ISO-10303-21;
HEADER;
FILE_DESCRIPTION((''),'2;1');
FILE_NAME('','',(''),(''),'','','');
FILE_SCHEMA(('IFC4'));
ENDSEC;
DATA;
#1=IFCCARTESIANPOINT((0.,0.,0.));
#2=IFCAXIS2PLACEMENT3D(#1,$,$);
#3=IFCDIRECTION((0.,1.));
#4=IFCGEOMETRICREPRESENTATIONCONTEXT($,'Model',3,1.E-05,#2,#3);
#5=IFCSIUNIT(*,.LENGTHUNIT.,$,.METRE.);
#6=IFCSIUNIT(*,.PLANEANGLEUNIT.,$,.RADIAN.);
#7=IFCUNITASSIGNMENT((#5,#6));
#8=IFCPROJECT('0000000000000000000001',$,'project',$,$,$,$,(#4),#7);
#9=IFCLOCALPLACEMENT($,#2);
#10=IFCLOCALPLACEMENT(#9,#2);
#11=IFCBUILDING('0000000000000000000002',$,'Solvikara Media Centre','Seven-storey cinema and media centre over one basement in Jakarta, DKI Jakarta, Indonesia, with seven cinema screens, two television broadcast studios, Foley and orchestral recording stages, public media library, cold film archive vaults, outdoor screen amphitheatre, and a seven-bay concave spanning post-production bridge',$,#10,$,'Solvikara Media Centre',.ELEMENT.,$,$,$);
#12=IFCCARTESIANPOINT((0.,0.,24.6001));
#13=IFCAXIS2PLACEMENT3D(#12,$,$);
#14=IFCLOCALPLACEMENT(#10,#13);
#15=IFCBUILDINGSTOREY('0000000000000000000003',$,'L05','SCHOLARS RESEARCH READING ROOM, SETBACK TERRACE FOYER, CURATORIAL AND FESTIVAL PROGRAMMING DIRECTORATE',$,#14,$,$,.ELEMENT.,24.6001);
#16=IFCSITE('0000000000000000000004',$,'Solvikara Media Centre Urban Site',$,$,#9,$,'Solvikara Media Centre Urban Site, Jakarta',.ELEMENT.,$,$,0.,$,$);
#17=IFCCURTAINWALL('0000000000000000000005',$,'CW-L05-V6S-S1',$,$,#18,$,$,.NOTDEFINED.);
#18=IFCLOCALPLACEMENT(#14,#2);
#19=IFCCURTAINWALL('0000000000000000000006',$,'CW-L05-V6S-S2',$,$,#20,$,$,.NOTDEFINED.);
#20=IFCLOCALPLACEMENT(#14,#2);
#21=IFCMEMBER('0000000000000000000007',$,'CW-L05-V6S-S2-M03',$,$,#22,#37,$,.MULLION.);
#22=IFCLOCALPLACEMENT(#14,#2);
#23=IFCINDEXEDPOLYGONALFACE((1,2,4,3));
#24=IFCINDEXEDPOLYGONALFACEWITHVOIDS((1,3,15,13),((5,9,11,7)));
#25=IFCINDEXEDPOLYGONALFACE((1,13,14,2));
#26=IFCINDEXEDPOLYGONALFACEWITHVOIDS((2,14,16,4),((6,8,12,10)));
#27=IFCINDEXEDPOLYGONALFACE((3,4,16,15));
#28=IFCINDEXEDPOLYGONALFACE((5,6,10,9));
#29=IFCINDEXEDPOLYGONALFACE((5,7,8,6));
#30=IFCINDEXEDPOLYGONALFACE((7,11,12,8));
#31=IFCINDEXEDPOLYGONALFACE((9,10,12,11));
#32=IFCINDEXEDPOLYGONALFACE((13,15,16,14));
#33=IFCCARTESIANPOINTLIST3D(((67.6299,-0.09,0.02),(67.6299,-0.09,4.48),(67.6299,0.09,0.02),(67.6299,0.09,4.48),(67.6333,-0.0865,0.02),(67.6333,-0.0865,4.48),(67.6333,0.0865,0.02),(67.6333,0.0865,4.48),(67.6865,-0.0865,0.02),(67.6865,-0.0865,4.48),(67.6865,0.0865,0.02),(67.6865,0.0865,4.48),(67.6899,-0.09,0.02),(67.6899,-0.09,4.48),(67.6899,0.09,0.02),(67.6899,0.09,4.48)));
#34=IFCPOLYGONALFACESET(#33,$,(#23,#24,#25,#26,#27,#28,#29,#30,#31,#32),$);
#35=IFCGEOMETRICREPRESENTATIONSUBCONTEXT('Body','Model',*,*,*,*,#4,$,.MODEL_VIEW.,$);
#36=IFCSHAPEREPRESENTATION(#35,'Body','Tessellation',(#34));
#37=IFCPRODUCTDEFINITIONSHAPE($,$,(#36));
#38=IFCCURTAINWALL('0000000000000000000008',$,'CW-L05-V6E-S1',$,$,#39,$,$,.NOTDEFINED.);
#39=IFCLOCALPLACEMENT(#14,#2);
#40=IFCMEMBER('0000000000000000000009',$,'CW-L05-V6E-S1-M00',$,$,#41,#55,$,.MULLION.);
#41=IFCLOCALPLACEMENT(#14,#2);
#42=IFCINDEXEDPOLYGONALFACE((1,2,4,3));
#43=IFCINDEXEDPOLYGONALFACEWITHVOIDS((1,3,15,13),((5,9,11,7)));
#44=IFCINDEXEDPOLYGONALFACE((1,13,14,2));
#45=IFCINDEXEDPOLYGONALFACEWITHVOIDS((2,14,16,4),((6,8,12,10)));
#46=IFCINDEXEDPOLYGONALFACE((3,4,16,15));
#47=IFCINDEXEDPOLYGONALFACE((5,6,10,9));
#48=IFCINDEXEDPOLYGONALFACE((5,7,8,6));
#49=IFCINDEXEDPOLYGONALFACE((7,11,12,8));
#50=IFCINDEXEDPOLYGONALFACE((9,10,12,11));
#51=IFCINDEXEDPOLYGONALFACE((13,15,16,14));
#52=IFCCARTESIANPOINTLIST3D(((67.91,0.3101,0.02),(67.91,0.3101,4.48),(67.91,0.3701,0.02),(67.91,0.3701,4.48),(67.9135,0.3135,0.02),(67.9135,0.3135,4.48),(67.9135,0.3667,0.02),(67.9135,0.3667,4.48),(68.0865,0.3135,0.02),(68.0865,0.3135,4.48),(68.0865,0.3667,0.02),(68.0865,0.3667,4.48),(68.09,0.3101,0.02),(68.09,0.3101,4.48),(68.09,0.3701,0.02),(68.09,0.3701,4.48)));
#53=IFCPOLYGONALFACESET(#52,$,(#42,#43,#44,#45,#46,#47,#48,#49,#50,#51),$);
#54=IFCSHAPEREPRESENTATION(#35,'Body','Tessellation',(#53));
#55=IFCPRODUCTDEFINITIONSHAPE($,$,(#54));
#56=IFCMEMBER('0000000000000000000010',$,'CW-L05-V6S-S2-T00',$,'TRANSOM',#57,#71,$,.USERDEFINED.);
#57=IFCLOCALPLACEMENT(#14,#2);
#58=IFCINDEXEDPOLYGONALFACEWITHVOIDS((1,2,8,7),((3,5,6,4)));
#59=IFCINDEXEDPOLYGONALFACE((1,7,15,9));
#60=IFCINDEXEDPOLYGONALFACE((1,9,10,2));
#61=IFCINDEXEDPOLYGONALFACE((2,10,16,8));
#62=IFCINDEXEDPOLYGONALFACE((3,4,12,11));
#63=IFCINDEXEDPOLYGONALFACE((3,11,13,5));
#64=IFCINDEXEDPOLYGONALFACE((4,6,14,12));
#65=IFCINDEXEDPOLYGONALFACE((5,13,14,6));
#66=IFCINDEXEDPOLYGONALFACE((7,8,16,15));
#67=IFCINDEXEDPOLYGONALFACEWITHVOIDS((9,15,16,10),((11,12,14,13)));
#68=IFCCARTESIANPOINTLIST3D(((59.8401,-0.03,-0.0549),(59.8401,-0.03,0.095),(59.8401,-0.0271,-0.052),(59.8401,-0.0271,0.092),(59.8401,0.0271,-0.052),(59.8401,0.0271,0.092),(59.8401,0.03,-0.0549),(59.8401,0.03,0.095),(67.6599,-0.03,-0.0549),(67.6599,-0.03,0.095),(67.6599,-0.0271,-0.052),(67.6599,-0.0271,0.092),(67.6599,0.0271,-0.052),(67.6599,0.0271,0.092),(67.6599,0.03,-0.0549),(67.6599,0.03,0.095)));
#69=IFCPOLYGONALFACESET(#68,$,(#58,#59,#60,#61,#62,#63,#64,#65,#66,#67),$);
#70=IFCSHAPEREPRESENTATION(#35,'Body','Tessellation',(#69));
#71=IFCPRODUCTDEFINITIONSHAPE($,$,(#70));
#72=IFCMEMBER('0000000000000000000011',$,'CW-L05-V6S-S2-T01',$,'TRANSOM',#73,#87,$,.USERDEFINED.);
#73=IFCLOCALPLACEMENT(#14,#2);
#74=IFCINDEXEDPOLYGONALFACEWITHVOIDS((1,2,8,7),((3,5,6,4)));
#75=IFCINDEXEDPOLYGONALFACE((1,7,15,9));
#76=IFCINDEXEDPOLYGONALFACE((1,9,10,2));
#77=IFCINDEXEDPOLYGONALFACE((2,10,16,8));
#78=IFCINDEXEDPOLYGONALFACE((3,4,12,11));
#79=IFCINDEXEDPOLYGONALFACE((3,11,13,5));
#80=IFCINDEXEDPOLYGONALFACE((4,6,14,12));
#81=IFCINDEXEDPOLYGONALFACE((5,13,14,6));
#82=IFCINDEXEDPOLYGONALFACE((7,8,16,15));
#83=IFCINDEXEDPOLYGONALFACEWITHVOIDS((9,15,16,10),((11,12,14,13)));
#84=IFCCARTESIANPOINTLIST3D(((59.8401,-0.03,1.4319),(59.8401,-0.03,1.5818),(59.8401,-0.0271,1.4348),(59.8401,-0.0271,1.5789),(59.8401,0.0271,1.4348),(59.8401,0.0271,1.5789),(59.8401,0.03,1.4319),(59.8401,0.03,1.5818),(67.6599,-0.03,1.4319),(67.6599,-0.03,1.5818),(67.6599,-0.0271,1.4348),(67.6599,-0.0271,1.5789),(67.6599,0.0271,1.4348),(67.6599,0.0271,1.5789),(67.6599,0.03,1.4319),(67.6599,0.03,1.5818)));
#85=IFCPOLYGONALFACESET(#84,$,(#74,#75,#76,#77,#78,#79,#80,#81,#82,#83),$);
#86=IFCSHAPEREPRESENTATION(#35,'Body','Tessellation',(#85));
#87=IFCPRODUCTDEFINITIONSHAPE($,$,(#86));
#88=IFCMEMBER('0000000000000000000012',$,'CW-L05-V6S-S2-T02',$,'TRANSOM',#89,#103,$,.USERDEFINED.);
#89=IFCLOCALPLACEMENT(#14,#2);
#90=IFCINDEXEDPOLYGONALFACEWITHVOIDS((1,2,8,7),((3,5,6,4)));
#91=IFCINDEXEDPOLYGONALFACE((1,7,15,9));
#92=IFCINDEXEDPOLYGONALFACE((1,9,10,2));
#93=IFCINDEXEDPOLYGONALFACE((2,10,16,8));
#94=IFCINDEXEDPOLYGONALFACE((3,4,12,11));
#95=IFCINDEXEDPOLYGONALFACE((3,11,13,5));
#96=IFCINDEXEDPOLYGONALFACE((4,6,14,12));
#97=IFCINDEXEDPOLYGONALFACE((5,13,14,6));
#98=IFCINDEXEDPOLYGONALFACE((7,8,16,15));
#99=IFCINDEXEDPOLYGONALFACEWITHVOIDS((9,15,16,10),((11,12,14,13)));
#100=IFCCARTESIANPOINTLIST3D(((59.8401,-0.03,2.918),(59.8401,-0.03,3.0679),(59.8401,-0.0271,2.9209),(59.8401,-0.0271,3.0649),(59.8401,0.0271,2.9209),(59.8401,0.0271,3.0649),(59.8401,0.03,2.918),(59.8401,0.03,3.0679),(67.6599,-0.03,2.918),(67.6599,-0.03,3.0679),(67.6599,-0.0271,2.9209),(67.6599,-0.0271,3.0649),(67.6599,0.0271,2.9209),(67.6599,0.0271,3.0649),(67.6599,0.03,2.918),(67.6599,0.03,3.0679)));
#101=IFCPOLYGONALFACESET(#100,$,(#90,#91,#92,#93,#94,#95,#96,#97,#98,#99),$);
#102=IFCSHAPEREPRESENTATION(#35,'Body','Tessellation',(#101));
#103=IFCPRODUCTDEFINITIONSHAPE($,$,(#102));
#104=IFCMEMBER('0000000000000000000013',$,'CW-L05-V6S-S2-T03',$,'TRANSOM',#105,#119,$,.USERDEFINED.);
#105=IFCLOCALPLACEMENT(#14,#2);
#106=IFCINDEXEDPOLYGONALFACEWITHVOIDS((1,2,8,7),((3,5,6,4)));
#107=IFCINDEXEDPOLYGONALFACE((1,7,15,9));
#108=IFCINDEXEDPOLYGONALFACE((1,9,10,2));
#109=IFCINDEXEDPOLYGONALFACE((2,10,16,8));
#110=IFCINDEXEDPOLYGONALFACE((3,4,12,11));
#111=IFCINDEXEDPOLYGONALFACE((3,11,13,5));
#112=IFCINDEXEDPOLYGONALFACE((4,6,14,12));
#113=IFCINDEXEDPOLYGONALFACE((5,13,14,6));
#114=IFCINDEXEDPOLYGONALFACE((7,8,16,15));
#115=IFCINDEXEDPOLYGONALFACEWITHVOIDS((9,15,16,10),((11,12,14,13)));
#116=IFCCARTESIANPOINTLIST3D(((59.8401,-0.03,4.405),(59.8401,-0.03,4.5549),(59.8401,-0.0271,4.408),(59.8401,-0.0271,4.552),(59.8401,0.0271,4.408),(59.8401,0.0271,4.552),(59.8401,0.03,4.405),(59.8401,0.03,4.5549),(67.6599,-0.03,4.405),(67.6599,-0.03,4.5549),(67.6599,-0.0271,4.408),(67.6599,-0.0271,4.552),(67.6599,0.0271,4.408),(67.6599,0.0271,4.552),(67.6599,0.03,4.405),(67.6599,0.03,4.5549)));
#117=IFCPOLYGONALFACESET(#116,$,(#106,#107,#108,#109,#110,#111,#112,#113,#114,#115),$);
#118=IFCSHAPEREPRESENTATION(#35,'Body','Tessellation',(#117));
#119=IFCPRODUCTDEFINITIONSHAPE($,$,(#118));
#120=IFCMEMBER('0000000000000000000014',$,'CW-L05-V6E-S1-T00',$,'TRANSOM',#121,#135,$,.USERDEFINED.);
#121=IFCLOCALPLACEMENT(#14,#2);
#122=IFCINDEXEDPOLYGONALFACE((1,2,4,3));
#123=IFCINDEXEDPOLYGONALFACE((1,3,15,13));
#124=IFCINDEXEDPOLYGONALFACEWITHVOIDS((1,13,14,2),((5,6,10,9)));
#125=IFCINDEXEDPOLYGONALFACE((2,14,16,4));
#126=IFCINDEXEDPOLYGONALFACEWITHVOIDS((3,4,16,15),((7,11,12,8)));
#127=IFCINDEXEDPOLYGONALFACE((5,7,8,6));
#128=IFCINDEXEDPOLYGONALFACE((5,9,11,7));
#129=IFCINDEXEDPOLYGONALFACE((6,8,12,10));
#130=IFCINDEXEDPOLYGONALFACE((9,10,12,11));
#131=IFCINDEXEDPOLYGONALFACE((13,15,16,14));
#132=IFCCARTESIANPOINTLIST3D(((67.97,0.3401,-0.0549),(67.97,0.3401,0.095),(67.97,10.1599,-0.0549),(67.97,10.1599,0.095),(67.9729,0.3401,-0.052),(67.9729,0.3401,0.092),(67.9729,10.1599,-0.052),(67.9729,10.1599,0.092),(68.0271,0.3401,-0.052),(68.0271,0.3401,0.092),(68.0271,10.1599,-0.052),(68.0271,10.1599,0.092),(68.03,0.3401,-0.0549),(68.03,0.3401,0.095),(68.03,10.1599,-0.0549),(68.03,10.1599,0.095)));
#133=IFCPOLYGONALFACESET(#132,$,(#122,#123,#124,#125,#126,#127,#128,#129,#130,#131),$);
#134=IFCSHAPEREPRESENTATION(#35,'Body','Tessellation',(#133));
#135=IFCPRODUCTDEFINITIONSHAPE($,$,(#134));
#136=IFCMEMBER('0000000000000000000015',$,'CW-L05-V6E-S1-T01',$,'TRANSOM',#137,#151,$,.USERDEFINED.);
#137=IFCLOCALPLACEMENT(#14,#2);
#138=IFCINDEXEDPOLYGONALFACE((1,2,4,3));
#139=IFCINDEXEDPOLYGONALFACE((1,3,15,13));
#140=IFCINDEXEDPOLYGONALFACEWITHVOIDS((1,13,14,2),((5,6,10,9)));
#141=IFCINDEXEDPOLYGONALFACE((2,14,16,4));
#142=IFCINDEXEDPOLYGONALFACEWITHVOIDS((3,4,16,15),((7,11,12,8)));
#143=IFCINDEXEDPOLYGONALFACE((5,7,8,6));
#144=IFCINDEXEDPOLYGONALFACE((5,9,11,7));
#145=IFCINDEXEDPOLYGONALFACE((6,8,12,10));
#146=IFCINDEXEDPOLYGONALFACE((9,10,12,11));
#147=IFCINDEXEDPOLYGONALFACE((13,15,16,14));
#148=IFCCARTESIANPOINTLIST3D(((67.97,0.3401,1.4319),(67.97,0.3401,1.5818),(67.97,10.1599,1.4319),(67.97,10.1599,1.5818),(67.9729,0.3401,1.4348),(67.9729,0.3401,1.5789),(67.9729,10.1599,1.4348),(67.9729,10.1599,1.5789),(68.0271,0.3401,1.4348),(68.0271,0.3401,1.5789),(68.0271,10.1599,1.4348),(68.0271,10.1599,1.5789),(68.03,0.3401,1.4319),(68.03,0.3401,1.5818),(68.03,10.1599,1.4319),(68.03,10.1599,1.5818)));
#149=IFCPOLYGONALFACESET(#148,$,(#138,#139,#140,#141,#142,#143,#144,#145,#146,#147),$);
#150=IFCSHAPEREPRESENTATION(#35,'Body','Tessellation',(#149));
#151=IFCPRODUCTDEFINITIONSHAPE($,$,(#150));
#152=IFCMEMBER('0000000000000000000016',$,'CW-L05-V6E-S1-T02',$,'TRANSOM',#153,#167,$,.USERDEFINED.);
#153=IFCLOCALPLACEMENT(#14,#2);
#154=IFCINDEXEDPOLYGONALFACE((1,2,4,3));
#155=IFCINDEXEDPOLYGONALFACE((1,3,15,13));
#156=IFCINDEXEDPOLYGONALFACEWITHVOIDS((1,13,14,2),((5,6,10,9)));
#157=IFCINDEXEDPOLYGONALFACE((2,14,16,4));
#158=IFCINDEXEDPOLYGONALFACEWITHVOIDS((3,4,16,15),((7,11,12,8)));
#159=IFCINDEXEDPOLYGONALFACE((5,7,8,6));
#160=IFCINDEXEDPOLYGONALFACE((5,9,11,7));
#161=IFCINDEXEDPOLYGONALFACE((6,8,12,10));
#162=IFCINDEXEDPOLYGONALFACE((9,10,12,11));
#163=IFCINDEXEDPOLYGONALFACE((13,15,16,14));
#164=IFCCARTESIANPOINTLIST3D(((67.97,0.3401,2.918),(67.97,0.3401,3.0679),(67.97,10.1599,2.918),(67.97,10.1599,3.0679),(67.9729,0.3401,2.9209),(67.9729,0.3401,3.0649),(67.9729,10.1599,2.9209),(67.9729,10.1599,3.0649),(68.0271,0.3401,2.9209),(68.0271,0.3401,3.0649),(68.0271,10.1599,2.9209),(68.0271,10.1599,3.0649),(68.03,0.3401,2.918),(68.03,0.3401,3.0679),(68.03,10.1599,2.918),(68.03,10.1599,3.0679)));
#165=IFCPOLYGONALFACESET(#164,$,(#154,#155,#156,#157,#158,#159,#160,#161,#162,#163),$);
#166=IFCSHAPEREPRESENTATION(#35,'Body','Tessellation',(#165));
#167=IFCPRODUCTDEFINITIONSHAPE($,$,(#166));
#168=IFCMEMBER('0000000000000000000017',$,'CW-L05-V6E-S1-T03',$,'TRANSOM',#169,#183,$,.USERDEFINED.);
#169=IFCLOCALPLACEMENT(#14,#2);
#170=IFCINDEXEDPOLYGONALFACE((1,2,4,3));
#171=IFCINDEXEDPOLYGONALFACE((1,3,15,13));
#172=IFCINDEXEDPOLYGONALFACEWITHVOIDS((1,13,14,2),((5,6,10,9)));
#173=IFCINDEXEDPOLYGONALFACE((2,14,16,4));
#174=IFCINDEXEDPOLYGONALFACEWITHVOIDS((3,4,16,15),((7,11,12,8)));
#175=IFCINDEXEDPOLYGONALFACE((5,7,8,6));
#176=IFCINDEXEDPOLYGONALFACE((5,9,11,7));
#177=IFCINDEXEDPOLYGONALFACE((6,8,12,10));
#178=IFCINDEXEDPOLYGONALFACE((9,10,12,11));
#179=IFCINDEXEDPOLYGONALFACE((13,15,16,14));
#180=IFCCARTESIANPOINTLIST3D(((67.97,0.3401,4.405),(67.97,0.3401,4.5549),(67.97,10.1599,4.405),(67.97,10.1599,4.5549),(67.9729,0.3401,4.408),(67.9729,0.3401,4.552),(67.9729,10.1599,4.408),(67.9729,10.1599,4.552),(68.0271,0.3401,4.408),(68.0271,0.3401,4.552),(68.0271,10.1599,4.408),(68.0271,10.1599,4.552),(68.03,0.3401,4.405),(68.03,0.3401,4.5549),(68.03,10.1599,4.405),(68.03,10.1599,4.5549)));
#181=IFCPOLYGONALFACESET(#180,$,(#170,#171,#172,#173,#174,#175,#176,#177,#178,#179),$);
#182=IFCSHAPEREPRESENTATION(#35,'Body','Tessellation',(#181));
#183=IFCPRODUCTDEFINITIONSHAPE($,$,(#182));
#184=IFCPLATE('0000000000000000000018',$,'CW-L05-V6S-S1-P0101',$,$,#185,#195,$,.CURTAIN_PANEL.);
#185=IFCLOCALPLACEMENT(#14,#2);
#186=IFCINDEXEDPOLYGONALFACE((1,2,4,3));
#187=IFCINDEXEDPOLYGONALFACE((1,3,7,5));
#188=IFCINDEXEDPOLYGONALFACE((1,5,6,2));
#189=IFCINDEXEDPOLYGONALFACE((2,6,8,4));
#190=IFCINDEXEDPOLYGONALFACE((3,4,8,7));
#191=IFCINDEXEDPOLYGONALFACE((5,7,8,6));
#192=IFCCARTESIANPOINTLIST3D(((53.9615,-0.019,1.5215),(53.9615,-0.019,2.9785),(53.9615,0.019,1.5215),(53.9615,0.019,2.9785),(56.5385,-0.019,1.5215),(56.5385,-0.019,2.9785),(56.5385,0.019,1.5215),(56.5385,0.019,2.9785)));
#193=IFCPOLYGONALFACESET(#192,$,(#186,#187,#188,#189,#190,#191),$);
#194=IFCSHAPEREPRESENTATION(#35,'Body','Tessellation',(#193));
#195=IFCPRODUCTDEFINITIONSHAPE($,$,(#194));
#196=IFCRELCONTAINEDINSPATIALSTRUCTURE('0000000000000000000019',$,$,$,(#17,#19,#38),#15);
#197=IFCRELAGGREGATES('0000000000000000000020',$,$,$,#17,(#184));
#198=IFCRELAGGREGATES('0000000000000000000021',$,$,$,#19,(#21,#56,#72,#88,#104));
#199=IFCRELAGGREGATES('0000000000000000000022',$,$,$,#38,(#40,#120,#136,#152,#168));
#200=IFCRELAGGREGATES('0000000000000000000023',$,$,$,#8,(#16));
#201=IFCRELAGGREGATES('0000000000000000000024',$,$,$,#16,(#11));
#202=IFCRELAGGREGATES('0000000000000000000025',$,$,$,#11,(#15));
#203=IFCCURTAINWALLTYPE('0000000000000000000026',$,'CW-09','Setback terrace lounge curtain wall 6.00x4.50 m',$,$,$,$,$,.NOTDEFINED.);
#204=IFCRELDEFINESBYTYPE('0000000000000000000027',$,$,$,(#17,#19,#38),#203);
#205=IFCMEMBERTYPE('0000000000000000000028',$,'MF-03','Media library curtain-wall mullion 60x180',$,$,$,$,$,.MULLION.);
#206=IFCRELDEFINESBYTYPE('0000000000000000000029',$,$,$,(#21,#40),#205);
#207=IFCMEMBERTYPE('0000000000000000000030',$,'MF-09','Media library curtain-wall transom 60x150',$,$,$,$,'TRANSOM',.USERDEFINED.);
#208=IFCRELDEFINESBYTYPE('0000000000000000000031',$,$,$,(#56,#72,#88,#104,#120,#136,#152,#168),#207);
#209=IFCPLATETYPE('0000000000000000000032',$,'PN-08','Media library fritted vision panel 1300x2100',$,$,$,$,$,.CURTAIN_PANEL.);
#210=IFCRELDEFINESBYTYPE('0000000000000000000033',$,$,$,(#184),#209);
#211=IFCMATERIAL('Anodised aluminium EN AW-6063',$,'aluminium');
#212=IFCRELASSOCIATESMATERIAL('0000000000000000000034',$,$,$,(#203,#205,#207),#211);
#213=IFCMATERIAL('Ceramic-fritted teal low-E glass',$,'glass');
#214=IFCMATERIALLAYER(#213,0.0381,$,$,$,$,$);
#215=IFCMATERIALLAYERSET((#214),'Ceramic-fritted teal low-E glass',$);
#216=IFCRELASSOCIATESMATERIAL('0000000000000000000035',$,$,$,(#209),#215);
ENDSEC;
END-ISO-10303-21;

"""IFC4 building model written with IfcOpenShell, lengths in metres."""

from ifc_helpers import new_model, si_unit, direction, frame, origin, origin_2d, place, context, subcontext, project, spatial, rectangle, hollow_rectangle, extrude, material, layer, layer_set, material_profile, profile_set, type_object, element, aggregate, save


model = new_model("IFC4")

# Units and contexts
model_context = context("Model", 3, precision=1e-05, world=origin(), true_north=direction((0.0, 1.0)))
body_context = subcontext(model_context, "Body", "Model", "MODEL_VIEW")
ifc_project = project(units=[si_unit("LENGTHUNIT", "METRE"), si_unit("PLANEANGLEUNIT", "RADIAN")], contexts=[model_context])

# Site, building, storey
site_placement = place(None, origin())
site = spatial("IfcSite", under=ifc_project, at=site_placement, Name="Solvikara Media Centre Urban Site", LongName="Solvikara Media Centre Urban Site, Jakarta", CompositionType="ELEMENT", RefElevation=0.0)
building_placement = place(site_placement, origin())
building = spatial("IfcBuilding", under=site, at=building_placement, Name="Solvikara Media Centre", Description="Seven-storey cinema and media centre over one basement in Jakarta, DKI Jakarta, Indonesia, with seven cinema screens, two television broadcast studios, Foley and orchestral recording stages, public media library, cold film archive vaults, outdoor screen amphitheatre, and a seven-bay concave spanning post-production bridge", LongName="Solvikara Media Centre", CompositionType="ELEMENT")
storey_placement = place(building_placement, frame((0.0, 0.0, 24.6001)))
storey = spatial("IfcBuildingStorey", under=building, at=storey_placement, Name="L05", Description="SCHOLARS RESEARCH READING ROOM, SETBACK TERRACE FOYER, CURATORIAL AND FESTIVAL PROGRAMMING DIRECTORATE", CompositionType="ELEMENT", Elevation=24.6001)

# Curtain walls, member
ifc_material_1 = material(Name="Anodised aluminium EN AW-6063", Category="aluminium")
curtain_wall_type = type_object("IfcCurtainWallType", Name="CW-09", Description="Setback terrace lounge curtain wall 6.00x4.50 m", PredefinedType="NOTDEFINED", material=ifc_material_1)
curtain_wall_1_placement = place(storey_placement, origin())
curtain_wall_1 = element("IfcCurtainWall", 1, at=curtain_wall_1_placement, inside=storey, type_object=curtain_wall_type, Name="CW-L05-V6S-S1", PredefinedType="NOTDEFINED")
ifc_material_profile_1 = material_profile(ifc_material_1, hollow_rectangle(XDim=0.0601, YDim=0.1799, WallThickness=0.0034, at=origin_2d()), Name="ALU-M 60x180x3.5")
ifc_profile_set_1 = profile_set([ifc_material_profile_1], Name="Anodised aluminium EN AW-6063")
member_type_1 = type_object("IfcMemberType", Name="MF-03", Description="Media library curtain-wall mullion 60x180", PredefinedType="MULLION", material=ifc_profile_set_1)
curtain_wall_2_placement = place(storey_placement, origin())
curtain_wall_2 = element("IfcCurtainWall", 2, at=curtain_wall_2_placement, inside=storey, type_object=curtain_wall_type, Name="CW-L05-V6S-S2", PredefinedType="NOTDEFINED")
member_1_placement = place(storey_placement, frame((67.6599, 0.0, 0.02), z_axis=(0.0, 0.0, 1.0), x_axis=(1.0, 0.0, 0.0)))
member_1 = element("IfcMember", 3, at=member_1_placement, type_object=member_type_1, Name="CW-L05-V6S-S2-M03", PredefinedType="MULLION", context=body_context, shape_type="SweptSolid", body=[
    extrude(hollow_rectangle(XDim=0.0601, YDim=0.1799, WallThickness=0.0034, at=origin_2d()), origin(), (0.0, 0.0, 1.0), 4.46),
])

# Curtain wall, member
curtain_wall_3_placement = place(storey_placement, origin())
curtain_wall_3 = element("IfcCurtainWall", 4, at=curtain_wall_3_placement, inside=storey, type_object=curtain_wall_type, Name="CW-L05-V6E-S1", PredefinedType="NOTDEFINED")
member_2_placement = place(storey_placement, frame((68.0, 0.3401, 0.02), z_axis=(0.0, 0.0, 1.0), x_axis=(0.0, 1.0, 0.0)))
member_2 = element("IfcMember", 5, at=member_2_placement, type_object=member_type_1, Name="CW-L05-V6E-S1-M00", PredefinedType="MULLION", context=body_context, shape_type="SweptSolid", body=[
    extrude(hollow_rectangle(XDim=0.0601, YDim=0.1799, WallThickness=0.0034, at=origin_2d()), origin(), (0.0, 0.0, 1.0), 4.46),
])

# Members
ifc_material_profile_2 = material_profile(ifc_material_1, hollow_rectangle(XDim=0.0601, YDim=0.1499, WallThickness=0.0029, at=origin_2d()), Name="ALU-T 60x150x3")
ifc_profile_set_2 = profile_set([ifc_material_profile_2], Name="Anodised aluminium EN AW-6063")
member_type_2 = type_object("IfcMemberType", Name="MF-09", Description="Media library curtain-wall transom 60x150", ElementType="TRANSOM", PredefinedType="USERDEFINED", material=ifc_profile_set_2)
member_3_placement = place(storey_placement, frame((59.8401, 0.0, 0.02), z_axis=(1.0, 0.0, 0.0), x_axis=(0.0, 1.0, 0.0)))
member_3 = element("IfcMember", 6, at=member_3_placement, type_object=member_type_2, Name="CW-L05-V6S-S2-T00", ObjectType="TRANSOM", PredefinedType="USERDEFINED", context=body_context, shape_type="SweptSolid", body=[
    extrude(hollow_rectangle(XDim=0.0601, YDim=0.1499, WallThickness=0.0029, at=origin_2d()), origin(), (0.0, 0.0, 1.0), 7.8198),
])
member_4_placement = place(storey_placement, frame((59.8401, 0.0, 1.5068), z_axis=(1.0, 0.0, 0.0), x_axis=(0.0, 1.0, 0.0)))
member_4 = element("IfcMember", 7, at=member_4_placement, type_object=member_type_2, Name="CW-L05-V6S-S2-T01", ObjectType="TRANSOM", PredefinedType="USERDEFINED", context=body_context, shape_type="SweptSolid", body=[
    extrude(hollow_rectangle(XDim=0.0601, YDim=0.1499, WallThickness=0.0029, at=origin_2d()), origin(), (0.0, 0.0, 1.0), 7.8198),
])
member_5_placement = place(storey_placement, frame((59.8401, 0.0, 2.9929), z_axis=(1.0, 0.0, 0.0), x_axis=(0.0, 1.0, 0.0)))
member_5 = element("IfcMember", 8, at=member_5_placement, type_object=member_type_2, Name="CW-L05-V6S-S2-T02", ObjectType="TRANSOM", PredefinedType="USERDEFINED", context=body_context, shape_type="SweptSolid", body=[
    extrude(hollow_rectangle(XDim=0.0601, YDim=0.1499, WallThickness=0.0029, at=origin_2d()), origin(), (0.0, 0.0, 1.0), 7.8198),
])
member_6_placement = place(storey_placement, frame((59.8401, 0.0, 4.48), z_axis=(1.0, 0.0, 0.0), x_axis=(0.0, 1.0, 0.0)))
member_6 = element("IfcMember", 9, at=member_6_placement, type_object=member_type_2, Name="CW-L05-V6S-S2-T03", ObjectType="TRANSOM", PredefinedType="USERDEFINED", context=body_context, shape_type="SweptSolid", body=[
    extrude(hollow_rectangle(XDim=0.0601, YDim=0.1499, WallThickness=0.0029, at=origin_2d()), origin(), (0.0, 0.0, 1.0), 7.8198),
])
member_7_placement = place(storey_placement, frame((68.0, 0.3401, 0.02), z_axis=(0.0, 1.0, 0.0), x_axis=(-1.0, 0.0, 0.0)))
member_7 = element("IfcMember", 10, at=member_7_placement, type_object=member_type_2, Name="CW-L05-V6E-S1-T00", ObjectType="TRANSOM", PredefinedType="USERDEFINED", context=body_context, shape_type="SweptSolid", body=[
    extrude(hollow_rectangle(XDim=0.0601, YDim=0.1499, WallThickness=0.0029, at=origin_2d()), origin(), (0.0, 0.0, 1.0), 9.8198),
])
member_8_placement = place(storey_placement, frame((68.0, 0.3401, 1.5068), z_axis=(0.0, 1.0, 0.0), x_axis=(-1.0, 0.0, 0.0)))
member_8 = element("IfcMember", 11, at=member_8_placement, type_object=member_type_2, Name="CW-L05-V6E-S1-T01", ObjectType="TRANSOM", PredefinedType="USERDEFINED", context=body_context, shape_type="SweptSolid", body=[
    extrude(hollow_rectangle(XDim=0.0601, YDim=0.1499, WallThickness=0.0029, at=origin_2d()), origin(), (0.0, 0.0, 1.0), 9.8198),
])
member_9_placement = place(storey_placement, frame((68.0, 0.3401, 2.9929), z_axis=(0.0, 1.0, 0.0), x_axis=(-1.0, 0.0, 0.0)))
member_9 = element("IfcMember", 12, at=member_9_placement, type_object=member_type_2, Name="CW-L05-V6E-S1-T02", ObjectType="TRANSOM", PredefinedType="USERDEFINED", context=body_context, shape_type="SweptSolid", body=[
    extrude(hollow_rectangle(XDim=0.0601, YDim=0.1499, WallThickness=0.0029, at=origin_2d()), origin(), (0.0, 0.0, 1.0), 9.8198),
])
member_10_placement = place(storey_placement, frame((68.0, 0.3401, 4.48), z_axis=(0.0, 1.0, 0.0), x_axis=(-1.0, 0.0, 0.0)))
member_10 = element("IfcMember", 13, at=member_10_placement, type_object=member_type_2, Name="CW-L05-V6E-S1-T03", ObjectType="TRANSOM", PredefinedType="USERDEFINED", context=body_context, shape_type="SweptSolid", body=[
    extrude(hollow_rectangle(XDim=0.0601, YDim=0.1499, WallThickness=0.0029, at=origin_2d()), origin(), (0.0, 0.0, 1.0), 9.8198),
])

# Plate
ifc_material_2 = material(Name="Ceramic-fritted teal low-E glass", Category="glass")
ifc_layer_1 = layer(ifc_material_2, 0.0381)
ifc_layer_set_1 = layer_set([ifc_layer_1], Name="Ceramic-fritted teal low-E glass")
plate_type_1 = type_object("IfcPlateType", Name="PN-08", Description="Media library fritted vision panel 1300x2100", PredefinedType="CURTAIN_PANEL", material=ifc_layer_set_1)
plate_1_placement = place(storey_placement, frame((55.25, 0.0, 1.5215), z_axis=(0.0, 0.0, 1.0), x_axis=(1.0, 0.0, 0.0)))
plate_1 = element("IfcPlate", 14, at=plate_1_placement, type_object=plate_type_1, Name="CW-L05-V6S-S1-P0101", PredefinedType="CURTAIN_PANEL", context=body_context, shape_type="SweptSolid", body=[
    extrude(rectangle(XDim=2.5769, YDim=0.0381, at=origin_2d()), origin(), (0.0, 0.0, 1.0), 1.457),
])
aggregate(curtain_wall_1, [plate_1])
aggregate(curtain_wall_2, [member_1, member_3, member_4, member_5, member_6])
aggregate(curtain_wall_3, [member_2, member_7, member_8, member_9, member_10])

save(model, "model.ifc")
